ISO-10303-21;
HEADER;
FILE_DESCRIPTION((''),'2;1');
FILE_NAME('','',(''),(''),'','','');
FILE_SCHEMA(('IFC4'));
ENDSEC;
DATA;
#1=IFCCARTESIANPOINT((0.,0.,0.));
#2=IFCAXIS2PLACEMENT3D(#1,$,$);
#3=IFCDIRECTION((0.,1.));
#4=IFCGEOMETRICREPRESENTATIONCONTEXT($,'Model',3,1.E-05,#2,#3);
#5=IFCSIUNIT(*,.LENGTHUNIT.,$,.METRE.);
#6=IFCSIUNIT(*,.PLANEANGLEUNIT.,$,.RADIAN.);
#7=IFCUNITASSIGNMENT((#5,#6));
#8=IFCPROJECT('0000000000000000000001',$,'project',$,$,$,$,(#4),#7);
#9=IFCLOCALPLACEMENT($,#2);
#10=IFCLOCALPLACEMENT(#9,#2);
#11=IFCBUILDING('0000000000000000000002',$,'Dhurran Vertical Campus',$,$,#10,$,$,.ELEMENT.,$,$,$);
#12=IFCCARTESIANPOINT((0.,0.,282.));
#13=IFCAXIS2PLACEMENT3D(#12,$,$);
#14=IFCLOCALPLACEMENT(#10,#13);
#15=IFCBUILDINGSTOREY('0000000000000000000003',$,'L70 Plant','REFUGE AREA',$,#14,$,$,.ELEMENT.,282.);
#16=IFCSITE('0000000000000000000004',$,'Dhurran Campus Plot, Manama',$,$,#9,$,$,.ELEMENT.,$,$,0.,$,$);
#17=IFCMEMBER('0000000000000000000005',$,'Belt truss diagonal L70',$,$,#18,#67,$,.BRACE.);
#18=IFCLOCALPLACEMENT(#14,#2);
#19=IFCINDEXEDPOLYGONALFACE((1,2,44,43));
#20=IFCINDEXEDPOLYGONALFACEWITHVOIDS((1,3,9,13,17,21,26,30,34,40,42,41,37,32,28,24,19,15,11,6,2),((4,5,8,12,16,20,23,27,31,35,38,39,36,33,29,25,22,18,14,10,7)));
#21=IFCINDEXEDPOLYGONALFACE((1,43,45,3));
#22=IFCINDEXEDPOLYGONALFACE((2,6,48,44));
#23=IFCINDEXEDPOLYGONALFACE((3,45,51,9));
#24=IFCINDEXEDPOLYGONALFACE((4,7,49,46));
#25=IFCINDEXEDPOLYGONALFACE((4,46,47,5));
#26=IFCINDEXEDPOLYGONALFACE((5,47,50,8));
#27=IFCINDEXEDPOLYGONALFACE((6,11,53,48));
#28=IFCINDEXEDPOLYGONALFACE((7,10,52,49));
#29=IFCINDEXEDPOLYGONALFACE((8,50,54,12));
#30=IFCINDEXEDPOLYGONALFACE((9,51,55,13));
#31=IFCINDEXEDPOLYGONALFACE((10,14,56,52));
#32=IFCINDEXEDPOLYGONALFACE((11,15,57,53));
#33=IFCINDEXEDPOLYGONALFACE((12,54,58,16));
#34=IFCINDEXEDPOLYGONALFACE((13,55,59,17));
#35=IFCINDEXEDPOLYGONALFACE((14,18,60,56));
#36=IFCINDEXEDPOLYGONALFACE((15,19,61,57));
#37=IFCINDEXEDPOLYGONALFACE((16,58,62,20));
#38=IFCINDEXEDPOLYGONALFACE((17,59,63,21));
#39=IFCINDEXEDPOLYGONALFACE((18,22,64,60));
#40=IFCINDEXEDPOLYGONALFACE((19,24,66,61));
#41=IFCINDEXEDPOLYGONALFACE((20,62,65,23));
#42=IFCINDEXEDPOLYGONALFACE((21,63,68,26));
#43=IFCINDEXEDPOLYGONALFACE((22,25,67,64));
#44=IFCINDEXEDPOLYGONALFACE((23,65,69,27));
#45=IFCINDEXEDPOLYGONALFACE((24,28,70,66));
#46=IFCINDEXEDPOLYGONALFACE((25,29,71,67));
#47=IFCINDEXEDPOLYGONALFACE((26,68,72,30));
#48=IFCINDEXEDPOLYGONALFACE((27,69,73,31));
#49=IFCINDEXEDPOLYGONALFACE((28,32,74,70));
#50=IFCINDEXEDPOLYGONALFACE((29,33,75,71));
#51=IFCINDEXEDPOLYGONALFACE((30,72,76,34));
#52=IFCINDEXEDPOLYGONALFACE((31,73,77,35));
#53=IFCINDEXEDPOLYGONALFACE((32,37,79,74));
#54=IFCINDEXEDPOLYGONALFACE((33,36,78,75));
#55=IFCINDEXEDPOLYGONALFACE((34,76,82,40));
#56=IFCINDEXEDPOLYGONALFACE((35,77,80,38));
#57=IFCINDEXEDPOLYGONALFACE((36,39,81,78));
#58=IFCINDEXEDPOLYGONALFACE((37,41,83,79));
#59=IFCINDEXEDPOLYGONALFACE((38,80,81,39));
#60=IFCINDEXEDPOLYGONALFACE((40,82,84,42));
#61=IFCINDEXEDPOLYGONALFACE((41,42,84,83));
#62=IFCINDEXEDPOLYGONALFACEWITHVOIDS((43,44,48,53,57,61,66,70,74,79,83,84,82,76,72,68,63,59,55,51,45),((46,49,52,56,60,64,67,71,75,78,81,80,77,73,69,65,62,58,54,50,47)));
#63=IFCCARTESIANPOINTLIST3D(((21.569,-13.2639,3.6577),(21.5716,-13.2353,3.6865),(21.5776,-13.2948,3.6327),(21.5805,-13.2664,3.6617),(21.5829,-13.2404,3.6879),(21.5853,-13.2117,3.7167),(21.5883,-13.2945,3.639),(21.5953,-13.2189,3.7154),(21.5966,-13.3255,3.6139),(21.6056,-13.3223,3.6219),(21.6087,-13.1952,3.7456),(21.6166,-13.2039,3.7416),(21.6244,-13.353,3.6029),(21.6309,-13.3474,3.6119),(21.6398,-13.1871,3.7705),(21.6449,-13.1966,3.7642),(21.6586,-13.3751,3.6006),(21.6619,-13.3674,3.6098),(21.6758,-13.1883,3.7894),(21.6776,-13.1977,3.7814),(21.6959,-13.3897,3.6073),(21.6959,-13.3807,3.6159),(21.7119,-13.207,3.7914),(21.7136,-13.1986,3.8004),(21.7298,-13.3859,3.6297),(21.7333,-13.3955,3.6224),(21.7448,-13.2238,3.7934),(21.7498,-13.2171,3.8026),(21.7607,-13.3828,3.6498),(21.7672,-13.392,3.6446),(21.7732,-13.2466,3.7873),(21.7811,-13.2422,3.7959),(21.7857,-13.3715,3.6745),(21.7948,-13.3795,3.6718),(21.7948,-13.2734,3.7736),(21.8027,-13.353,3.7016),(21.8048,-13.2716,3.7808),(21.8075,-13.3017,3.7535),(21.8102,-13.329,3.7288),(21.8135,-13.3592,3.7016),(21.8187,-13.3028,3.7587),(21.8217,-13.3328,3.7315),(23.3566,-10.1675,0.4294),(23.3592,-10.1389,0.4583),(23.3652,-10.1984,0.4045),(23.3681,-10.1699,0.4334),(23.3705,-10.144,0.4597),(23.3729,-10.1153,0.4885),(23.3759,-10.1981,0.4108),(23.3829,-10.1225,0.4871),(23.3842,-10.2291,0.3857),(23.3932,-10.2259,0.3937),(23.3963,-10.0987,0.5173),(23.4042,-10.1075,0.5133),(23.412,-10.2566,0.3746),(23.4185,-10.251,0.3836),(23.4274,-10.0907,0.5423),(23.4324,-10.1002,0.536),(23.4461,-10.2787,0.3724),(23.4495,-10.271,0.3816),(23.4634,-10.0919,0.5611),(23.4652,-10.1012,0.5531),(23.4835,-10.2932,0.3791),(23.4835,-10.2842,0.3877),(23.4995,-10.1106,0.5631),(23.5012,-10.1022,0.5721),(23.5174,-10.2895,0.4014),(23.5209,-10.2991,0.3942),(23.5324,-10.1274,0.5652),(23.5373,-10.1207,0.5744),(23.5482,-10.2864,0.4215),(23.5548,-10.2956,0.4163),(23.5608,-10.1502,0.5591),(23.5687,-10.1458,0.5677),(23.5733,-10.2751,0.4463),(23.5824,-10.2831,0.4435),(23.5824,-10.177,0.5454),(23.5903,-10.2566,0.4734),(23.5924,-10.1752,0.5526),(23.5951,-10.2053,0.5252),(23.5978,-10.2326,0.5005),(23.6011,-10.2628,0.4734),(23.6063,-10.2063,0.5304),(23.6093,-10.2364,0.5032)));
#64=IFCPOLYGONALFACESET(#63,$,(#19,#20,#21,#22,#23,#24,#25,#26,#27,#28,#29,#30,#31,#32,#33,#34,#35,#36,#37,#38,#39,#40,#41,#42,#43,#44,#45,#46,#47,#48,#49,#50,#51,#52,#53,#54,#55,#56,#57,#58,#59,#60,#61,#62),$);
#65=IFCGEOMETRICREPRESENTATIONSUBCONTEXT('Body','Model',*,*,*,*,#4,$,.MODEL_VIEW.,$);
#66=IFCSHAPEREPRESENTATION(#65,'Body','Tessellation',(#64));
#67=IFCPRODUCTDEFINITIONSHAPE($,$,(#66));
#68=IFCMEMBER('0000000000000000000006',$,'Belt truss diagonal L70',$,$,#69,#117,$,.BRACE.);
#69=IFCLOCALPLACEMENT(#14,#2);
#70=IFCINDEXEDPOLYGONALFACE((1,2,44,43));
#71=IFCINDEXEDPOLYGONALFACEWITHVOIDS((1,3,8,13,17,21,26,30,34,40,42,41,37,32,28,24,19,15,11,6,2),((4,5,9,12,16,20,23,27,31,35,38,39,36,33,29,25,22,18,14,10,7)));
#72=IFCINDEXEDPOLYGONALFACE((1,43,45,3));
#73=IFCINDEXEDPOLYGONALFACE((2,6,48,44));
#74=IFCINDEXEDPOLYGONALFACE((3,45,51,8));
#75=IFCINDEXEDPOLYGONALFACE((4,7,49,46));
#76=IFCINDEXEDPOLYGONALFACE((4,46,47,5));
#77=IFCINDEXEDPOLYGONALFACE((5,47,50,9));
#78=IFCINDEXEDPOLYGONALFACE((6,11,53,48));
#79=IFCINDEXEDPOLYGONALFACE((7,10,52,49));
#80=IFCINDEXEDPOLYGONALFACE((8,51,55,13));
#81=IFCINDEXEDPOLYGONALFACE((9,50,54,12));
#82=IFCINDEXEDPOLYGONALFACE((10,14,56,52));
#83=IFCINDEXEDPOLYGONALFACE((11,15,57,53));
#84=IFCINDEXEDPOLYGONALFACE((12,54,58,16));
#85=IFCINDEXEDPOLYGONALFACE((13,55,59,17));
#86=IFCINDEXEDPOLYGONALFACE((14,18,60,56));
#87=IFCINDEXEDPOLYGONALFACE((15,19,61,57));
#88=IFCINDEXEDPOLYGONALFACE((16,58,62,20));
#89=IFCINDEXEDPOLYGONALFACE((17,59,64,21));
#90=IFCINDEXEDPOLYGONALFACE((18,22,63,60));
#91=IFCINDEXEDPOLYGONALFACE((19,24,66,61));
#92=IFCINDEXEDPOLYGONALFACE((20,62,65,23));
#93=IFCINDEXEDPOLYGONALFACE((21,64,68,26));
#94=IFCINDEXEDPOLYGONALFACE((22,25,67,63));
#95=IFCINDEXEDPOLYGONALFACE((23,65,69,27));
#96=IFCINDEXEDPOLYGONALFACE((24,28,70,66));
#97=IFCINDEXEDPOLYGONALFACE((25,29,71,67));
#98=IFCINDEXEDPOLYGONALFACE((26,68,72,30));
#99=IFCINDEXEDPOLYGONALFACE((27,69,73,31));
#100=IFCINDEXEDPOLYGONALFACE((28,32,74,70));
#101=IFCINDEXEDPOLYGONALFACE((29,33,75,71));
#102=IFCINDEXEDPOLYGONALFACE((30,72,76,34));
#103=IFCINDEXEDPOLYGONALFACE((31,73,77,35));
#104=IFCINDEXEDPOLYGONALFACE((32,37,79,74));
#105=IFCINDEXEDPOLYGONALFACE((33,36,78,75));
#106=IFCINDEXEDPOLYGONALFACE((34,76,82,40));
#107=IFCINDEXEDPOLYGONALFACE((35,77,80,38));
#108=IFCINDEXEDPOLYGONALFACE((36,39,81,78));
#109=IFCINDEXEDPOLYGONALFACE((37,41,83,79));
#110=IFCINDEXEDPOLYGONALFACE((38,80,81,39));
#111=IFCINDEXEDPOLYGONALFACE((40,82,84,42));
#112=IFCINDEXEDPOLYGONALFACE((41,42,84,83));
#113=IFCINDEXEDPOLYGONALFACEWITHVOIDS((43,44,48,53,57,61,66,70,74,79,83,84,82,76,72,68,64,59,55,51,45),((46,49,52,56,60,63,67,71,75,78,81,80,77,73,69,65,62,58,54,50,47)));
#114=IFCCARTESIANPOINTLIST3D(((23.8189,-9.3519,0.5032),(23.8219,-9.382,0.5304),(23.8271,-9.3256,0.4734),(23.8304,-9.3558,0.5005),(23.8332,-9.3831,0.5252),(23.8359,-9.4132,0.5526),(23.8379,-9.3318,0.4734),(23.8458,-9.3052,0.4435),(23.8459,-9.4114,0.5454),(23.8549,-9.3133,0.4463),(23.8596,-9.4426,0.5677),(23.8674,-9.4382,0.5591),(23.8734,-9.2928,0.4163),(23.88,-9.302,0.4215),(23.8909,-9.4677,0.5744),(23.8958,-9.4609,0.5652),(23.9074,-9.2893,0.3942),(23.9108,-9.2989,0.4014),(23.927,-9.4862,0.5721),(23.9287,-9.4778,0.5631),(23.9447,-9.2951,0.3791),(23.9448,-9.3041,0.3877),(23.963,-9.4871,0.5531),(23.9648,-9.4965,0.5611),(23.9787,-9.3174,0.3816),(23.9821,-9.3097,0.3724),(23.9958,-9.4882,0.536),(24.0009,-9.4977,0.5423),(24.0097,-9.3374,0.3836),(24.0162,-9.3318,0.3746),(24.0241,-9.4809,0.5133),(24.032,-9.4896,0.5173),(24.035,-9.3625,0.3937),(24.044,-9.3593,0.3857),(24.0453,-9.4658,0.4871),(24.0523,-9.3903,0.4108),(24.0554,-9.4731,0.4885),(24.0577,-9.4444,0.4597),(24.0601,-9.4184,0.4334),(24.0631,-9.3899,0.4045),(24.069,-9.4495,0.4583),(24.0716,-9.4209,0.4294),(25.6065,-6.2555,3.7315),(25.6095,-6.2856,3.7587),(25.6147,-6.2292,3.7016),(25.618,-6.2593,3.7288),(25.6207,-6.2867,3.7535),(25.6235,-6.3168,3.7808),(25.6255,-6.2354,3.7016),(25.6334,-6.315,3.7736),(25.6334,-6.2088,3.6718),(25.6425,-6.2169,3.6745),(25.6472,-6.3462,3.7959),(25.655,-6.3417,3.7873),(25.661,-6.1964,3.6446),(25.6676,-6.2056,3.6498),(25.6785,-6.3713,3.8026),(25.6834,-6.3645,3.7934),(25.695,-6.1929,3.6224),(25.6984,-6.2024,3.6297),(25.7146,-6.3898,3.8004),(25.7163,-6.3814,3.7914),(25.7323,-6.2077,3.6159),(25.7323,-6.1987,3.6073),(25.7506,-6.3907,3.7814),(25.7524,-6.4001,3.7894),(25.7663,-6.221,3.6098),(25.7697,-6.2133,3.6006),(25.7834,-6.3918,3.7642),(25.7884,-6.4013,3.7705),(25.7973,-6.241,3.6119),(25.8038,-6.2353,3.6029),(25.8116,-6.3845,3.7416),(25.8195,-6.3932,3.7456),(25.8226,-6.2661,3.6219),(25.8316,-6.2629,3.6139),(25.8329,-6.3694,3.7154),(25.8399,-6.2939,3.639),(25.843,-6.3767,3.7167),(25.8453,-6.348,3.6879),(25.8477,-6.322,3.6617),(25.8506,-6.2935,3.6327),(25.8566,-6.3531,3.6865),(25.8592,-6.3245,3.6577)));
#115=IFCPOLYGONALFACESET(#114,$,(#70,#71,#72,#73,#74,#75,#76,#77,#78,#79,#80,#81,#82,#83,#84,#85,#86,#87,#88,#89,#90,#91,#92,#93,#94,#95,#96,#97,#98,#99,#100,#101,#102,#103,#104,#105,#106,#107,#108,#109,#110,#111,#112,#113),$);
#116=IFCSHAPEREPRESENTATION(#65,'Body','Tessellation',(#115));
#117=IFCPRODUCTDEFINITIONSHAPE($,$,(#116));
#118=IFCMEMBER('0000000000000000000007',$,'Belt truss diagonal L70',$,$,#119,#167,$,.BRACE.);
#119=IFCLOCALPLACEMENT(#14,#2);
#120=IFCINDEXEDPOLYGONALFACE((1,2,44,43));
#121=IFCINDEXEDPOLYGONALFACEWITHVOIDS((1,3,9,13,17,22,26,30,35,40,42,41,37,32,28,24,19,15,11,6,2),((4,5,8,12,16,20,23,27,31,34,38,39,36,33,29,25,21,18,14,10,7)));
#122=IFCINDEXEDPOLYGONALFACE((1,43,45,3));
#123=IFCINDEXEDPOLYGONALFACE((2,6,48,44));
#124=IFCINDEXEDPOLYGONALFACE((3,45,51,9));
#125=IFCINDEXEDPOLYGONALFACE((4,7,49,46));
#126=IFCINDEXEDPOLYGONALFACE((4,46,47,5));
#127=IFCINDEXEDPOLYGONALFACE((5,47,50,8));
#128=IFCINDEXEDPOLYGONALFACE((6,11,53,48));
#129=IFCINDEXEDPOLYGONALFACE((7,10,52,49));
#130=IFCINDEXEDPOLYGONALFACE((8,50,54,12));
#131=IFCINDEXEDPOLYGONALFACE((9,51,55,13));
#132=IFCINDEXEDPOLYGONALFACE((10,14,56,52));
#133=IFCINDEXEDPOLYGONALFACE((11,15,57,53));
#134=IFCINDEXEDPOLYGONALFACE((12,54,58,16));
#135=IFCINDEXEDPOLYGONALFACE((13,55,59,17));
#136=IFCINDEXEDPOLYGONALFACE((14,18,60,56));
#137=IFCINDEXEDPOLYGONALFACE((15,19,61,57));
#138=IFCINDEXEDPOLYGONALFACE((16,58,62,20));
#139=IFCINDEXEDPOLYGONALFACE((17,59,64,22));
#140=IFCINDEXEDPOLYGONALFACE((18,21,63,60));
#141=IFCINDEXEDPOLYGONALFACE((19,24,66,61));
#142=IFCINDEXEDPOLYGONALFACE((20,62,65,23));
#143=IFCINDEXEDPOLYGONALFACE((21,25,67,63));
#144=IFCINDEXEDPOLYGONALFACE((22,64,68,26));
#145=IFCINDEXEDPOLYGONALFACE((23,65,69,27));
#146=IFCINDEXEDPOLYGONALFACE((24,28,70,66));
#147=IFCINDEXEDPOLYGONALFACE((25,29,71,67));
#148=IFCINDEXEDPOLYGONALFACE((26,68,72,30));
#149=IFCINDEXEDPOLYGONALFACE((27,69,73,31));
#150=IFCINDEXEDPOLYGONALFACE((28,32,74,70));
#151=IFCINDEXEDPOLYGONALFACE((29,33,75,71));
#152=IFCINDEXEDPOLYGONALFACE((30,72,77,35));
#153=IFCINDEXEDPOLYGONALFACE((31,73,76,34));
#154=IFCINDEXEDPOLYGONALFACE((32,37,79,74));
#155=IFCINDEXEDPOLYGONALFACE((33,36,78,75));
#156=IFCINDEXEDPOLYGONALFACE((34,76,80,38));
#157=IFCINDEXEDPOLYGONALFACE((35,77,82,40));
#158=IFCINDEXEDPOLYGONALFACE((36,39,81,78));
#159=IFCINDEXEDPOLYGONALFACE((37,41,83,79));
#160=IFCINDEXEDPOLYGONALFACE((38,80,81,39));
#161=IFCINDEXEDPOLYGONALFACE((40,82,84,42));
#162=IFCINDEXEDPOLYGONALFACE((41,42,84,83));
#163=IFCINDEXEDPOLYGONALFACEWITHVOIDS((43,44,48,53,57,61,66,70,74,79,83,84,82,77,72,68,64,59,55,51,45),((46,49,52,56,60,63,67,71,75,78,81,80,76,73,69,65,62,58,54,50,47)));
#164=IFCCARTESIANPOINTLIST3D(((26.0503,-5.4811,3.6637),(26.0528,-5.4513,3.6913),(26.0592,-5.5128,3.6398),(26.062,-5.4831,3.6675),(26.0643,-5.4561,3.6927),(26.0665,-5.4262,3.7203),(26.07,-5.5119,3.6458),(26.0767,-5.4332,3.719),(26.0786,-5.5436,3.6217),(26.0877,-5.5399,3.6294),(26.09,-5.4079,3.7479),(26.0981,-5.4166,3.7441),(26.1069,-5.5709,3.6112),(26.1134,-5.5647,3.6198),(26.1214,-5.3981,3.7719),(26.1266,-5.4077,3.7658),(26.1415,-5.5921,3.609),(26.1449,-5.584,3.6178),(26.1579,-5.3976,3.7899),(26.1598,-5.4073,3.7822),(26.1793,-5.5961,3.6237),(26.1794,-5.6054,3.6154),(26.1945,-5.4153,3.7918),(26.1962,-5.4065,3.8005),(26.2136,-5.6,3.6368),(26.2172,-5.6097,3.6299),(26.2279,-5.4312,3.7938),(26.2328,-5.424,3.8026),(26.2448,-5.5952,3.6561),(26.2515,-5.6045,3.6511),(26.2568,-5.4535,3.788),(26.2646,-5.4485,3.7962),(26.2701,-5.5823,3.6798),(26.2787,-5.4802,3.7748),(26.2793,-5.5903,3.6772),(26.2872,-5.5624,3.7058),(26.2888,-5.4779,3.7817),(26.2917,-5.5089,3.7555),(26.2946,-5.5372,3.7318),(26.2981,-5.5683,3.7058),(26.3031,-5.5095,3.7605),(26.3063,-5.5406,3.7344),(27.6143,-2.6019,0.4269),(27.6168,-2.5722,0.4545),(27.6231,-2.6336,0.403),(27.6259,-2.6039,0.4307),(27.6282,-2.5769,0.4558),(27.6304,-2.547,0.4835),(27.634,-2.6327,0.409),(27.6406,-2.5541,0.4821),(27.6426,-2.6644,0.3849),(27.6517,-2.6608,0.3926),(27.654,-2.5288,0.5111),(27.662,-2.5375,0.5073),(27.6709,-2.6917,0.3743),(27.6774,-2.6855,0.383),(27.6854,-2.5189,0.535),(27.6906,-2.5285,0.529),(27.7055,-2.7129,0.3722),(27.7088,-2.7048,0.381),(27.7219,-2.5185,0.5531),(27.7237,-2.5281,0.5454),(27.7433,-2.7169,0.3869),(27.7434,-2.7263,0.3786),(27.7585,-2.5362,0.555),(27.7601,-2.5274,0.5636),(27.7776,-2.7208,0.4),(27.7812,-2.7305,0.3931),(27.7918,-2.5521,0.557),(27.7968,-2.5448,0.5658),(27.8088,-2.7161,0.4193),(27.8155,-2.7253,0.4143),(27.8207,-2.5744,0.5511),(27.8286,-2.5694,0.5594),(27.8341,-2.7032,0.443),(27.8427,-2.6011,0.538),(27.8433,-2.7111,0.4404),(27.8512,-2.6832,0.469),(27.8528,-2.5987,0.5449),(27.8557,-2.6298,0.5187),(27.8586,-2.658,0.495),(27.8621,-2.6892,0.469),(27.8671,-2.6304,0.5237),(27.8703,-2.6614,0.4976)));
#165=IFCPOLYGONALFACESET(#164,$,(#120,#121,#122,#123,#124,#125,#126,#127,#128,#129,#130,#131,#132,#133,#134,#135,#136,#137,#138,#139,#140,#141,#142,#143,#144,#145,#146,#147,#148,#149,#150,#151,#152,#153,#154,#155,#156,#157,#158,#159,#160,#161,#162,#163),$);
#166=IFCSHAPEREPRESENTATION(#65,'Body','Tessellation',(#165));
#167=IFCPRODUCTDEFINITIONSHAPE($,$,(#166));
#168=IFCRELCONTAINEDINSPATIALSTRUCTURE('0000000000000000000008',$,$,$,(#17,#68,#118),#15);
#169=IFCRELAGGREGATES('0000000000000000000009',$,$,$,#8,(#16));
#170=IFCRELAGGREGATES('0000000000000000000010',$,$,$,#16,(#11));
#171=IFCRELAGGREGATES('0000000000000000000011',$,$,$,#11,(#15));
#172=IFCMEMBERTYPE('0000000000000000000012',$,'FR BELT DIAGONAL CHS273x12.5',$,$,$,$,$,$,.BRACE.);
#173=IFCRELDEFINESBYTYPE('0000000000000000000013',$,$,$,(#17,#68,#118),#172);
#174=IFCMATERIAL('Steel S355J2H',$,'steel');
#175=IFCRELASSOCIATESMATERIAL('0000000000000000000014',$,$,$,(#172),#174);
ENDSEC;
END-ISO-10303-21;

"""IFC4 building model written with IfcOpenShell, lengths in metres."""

from ifc_helpers import new_model, si_unit, direction, frame, origin, origin_2d, place, context, subcontext, project, spatial, hollow_circle, extrude, material, material_profile, profile_set, type_object, element, save


model = new_model("IFC4")

# Units and contexts
model_context = context("Model", 3, precision=1e-05, world=origin(), true_north=direction((0.0, 1.0)))
body_context = subcontext(model_context, "Body", "Model", "MODEL_VIEW")
ifc_project = project(units=[si_unit("LENGTHUNIT", "METRE"), si_unit("PLANEANGLEUNIT", "RADIAN")], contexts=[model_context])

# Site, building, storey
site_placement = place(None, origin())
site = spatial("IfcSite", under=ifc_project, at=site_placement, Name="Dhurran Campus Plot, Manama", CompositionType="ELEMENT", RefElevation=0.0)
building_placement = place(site_placement, origin())
building = spatial("IfcBuilding", under=site, at=building_placement, Name="Dhurran Vertical Campus", CompositionType="ELEMENT")
storey_placement = place(building_placement, frame((0.0, 0.0, 282.0)))
storey = spatial("IfcBuildingStorey", under=building, at=storey_placement, Name="L70 Plant", Description="REFUGE AREA", CompositionType="ELEMENT", Elevation=282.0)

# Members
ifc_material_1 = material(Name="Steel S355J2H", Category="steel")
ifc_material_profile_1 = material_profile(ifc_material_1, hollow_circle(Radius=0.1365, WallThickness=0.0125, at=origin_2d()), Name="CHS273x12.5")
ifc_profile_set_1 = profile_set([ifc_material_profile_1], Name="Steel S355J2H")
member_type = type_object("IfcMemberType", Name="FR BELT DIAGONAL CHS273x12.5", PredefinedType="BRACE", material=ifc_profile_set_1)
for number, where, z_axis, x_axis, name in (
    (1, (23.4829, -10.1946, 0.4734), (-0.371089, -0.642791, 0.670159), (0.866041, -0.499973, 0.0), "Belt truss diagonal L70"),
    (2, (23.9453, -9.3938, 0.4734), (0.371089, 0.642791, 0.670159), (-0.866041, 0.499973, 0.0), "Belt truss diagonal L70"),
):
    element("IfcMember", number, at=place(storey_placement, frame(where, z_axis=z_axis, x_axis=x_axis)), inside=storey, type_object=member_type, Name=name, PredefinedType="BRACE", context=body_context, shape_type="SweptSolid", body=[
        extrude(hollow_circle(Radius=0.1365, WallThickness=0.0125, at=origin_2d()), origin(), (0.0, 0.0, 1.0), 4.8171),
    ])
member_1_placement = place(storey_placement, frame((27.7422, -2.624, 0.469), z_axis=(-0.339572, -0.625128, 0.702785), x_axis=(0.878726, -0.477327, 0.0)))
element("IfcMember", 3, at=member_1_placement, inside=storey, type_object=member_type, Name="Belt truss diagonal L70", PredefinedType="BRACE", context=body_context, shape_type="SweptSolid", body=[
    extrude(hollow_circle(Radius=0.1365, WallThickness=0.0125, at=origin_2d()), origin(), (0.0, 0.0, 1.0), 4.6057),
])

save(model, "model.ifc")
